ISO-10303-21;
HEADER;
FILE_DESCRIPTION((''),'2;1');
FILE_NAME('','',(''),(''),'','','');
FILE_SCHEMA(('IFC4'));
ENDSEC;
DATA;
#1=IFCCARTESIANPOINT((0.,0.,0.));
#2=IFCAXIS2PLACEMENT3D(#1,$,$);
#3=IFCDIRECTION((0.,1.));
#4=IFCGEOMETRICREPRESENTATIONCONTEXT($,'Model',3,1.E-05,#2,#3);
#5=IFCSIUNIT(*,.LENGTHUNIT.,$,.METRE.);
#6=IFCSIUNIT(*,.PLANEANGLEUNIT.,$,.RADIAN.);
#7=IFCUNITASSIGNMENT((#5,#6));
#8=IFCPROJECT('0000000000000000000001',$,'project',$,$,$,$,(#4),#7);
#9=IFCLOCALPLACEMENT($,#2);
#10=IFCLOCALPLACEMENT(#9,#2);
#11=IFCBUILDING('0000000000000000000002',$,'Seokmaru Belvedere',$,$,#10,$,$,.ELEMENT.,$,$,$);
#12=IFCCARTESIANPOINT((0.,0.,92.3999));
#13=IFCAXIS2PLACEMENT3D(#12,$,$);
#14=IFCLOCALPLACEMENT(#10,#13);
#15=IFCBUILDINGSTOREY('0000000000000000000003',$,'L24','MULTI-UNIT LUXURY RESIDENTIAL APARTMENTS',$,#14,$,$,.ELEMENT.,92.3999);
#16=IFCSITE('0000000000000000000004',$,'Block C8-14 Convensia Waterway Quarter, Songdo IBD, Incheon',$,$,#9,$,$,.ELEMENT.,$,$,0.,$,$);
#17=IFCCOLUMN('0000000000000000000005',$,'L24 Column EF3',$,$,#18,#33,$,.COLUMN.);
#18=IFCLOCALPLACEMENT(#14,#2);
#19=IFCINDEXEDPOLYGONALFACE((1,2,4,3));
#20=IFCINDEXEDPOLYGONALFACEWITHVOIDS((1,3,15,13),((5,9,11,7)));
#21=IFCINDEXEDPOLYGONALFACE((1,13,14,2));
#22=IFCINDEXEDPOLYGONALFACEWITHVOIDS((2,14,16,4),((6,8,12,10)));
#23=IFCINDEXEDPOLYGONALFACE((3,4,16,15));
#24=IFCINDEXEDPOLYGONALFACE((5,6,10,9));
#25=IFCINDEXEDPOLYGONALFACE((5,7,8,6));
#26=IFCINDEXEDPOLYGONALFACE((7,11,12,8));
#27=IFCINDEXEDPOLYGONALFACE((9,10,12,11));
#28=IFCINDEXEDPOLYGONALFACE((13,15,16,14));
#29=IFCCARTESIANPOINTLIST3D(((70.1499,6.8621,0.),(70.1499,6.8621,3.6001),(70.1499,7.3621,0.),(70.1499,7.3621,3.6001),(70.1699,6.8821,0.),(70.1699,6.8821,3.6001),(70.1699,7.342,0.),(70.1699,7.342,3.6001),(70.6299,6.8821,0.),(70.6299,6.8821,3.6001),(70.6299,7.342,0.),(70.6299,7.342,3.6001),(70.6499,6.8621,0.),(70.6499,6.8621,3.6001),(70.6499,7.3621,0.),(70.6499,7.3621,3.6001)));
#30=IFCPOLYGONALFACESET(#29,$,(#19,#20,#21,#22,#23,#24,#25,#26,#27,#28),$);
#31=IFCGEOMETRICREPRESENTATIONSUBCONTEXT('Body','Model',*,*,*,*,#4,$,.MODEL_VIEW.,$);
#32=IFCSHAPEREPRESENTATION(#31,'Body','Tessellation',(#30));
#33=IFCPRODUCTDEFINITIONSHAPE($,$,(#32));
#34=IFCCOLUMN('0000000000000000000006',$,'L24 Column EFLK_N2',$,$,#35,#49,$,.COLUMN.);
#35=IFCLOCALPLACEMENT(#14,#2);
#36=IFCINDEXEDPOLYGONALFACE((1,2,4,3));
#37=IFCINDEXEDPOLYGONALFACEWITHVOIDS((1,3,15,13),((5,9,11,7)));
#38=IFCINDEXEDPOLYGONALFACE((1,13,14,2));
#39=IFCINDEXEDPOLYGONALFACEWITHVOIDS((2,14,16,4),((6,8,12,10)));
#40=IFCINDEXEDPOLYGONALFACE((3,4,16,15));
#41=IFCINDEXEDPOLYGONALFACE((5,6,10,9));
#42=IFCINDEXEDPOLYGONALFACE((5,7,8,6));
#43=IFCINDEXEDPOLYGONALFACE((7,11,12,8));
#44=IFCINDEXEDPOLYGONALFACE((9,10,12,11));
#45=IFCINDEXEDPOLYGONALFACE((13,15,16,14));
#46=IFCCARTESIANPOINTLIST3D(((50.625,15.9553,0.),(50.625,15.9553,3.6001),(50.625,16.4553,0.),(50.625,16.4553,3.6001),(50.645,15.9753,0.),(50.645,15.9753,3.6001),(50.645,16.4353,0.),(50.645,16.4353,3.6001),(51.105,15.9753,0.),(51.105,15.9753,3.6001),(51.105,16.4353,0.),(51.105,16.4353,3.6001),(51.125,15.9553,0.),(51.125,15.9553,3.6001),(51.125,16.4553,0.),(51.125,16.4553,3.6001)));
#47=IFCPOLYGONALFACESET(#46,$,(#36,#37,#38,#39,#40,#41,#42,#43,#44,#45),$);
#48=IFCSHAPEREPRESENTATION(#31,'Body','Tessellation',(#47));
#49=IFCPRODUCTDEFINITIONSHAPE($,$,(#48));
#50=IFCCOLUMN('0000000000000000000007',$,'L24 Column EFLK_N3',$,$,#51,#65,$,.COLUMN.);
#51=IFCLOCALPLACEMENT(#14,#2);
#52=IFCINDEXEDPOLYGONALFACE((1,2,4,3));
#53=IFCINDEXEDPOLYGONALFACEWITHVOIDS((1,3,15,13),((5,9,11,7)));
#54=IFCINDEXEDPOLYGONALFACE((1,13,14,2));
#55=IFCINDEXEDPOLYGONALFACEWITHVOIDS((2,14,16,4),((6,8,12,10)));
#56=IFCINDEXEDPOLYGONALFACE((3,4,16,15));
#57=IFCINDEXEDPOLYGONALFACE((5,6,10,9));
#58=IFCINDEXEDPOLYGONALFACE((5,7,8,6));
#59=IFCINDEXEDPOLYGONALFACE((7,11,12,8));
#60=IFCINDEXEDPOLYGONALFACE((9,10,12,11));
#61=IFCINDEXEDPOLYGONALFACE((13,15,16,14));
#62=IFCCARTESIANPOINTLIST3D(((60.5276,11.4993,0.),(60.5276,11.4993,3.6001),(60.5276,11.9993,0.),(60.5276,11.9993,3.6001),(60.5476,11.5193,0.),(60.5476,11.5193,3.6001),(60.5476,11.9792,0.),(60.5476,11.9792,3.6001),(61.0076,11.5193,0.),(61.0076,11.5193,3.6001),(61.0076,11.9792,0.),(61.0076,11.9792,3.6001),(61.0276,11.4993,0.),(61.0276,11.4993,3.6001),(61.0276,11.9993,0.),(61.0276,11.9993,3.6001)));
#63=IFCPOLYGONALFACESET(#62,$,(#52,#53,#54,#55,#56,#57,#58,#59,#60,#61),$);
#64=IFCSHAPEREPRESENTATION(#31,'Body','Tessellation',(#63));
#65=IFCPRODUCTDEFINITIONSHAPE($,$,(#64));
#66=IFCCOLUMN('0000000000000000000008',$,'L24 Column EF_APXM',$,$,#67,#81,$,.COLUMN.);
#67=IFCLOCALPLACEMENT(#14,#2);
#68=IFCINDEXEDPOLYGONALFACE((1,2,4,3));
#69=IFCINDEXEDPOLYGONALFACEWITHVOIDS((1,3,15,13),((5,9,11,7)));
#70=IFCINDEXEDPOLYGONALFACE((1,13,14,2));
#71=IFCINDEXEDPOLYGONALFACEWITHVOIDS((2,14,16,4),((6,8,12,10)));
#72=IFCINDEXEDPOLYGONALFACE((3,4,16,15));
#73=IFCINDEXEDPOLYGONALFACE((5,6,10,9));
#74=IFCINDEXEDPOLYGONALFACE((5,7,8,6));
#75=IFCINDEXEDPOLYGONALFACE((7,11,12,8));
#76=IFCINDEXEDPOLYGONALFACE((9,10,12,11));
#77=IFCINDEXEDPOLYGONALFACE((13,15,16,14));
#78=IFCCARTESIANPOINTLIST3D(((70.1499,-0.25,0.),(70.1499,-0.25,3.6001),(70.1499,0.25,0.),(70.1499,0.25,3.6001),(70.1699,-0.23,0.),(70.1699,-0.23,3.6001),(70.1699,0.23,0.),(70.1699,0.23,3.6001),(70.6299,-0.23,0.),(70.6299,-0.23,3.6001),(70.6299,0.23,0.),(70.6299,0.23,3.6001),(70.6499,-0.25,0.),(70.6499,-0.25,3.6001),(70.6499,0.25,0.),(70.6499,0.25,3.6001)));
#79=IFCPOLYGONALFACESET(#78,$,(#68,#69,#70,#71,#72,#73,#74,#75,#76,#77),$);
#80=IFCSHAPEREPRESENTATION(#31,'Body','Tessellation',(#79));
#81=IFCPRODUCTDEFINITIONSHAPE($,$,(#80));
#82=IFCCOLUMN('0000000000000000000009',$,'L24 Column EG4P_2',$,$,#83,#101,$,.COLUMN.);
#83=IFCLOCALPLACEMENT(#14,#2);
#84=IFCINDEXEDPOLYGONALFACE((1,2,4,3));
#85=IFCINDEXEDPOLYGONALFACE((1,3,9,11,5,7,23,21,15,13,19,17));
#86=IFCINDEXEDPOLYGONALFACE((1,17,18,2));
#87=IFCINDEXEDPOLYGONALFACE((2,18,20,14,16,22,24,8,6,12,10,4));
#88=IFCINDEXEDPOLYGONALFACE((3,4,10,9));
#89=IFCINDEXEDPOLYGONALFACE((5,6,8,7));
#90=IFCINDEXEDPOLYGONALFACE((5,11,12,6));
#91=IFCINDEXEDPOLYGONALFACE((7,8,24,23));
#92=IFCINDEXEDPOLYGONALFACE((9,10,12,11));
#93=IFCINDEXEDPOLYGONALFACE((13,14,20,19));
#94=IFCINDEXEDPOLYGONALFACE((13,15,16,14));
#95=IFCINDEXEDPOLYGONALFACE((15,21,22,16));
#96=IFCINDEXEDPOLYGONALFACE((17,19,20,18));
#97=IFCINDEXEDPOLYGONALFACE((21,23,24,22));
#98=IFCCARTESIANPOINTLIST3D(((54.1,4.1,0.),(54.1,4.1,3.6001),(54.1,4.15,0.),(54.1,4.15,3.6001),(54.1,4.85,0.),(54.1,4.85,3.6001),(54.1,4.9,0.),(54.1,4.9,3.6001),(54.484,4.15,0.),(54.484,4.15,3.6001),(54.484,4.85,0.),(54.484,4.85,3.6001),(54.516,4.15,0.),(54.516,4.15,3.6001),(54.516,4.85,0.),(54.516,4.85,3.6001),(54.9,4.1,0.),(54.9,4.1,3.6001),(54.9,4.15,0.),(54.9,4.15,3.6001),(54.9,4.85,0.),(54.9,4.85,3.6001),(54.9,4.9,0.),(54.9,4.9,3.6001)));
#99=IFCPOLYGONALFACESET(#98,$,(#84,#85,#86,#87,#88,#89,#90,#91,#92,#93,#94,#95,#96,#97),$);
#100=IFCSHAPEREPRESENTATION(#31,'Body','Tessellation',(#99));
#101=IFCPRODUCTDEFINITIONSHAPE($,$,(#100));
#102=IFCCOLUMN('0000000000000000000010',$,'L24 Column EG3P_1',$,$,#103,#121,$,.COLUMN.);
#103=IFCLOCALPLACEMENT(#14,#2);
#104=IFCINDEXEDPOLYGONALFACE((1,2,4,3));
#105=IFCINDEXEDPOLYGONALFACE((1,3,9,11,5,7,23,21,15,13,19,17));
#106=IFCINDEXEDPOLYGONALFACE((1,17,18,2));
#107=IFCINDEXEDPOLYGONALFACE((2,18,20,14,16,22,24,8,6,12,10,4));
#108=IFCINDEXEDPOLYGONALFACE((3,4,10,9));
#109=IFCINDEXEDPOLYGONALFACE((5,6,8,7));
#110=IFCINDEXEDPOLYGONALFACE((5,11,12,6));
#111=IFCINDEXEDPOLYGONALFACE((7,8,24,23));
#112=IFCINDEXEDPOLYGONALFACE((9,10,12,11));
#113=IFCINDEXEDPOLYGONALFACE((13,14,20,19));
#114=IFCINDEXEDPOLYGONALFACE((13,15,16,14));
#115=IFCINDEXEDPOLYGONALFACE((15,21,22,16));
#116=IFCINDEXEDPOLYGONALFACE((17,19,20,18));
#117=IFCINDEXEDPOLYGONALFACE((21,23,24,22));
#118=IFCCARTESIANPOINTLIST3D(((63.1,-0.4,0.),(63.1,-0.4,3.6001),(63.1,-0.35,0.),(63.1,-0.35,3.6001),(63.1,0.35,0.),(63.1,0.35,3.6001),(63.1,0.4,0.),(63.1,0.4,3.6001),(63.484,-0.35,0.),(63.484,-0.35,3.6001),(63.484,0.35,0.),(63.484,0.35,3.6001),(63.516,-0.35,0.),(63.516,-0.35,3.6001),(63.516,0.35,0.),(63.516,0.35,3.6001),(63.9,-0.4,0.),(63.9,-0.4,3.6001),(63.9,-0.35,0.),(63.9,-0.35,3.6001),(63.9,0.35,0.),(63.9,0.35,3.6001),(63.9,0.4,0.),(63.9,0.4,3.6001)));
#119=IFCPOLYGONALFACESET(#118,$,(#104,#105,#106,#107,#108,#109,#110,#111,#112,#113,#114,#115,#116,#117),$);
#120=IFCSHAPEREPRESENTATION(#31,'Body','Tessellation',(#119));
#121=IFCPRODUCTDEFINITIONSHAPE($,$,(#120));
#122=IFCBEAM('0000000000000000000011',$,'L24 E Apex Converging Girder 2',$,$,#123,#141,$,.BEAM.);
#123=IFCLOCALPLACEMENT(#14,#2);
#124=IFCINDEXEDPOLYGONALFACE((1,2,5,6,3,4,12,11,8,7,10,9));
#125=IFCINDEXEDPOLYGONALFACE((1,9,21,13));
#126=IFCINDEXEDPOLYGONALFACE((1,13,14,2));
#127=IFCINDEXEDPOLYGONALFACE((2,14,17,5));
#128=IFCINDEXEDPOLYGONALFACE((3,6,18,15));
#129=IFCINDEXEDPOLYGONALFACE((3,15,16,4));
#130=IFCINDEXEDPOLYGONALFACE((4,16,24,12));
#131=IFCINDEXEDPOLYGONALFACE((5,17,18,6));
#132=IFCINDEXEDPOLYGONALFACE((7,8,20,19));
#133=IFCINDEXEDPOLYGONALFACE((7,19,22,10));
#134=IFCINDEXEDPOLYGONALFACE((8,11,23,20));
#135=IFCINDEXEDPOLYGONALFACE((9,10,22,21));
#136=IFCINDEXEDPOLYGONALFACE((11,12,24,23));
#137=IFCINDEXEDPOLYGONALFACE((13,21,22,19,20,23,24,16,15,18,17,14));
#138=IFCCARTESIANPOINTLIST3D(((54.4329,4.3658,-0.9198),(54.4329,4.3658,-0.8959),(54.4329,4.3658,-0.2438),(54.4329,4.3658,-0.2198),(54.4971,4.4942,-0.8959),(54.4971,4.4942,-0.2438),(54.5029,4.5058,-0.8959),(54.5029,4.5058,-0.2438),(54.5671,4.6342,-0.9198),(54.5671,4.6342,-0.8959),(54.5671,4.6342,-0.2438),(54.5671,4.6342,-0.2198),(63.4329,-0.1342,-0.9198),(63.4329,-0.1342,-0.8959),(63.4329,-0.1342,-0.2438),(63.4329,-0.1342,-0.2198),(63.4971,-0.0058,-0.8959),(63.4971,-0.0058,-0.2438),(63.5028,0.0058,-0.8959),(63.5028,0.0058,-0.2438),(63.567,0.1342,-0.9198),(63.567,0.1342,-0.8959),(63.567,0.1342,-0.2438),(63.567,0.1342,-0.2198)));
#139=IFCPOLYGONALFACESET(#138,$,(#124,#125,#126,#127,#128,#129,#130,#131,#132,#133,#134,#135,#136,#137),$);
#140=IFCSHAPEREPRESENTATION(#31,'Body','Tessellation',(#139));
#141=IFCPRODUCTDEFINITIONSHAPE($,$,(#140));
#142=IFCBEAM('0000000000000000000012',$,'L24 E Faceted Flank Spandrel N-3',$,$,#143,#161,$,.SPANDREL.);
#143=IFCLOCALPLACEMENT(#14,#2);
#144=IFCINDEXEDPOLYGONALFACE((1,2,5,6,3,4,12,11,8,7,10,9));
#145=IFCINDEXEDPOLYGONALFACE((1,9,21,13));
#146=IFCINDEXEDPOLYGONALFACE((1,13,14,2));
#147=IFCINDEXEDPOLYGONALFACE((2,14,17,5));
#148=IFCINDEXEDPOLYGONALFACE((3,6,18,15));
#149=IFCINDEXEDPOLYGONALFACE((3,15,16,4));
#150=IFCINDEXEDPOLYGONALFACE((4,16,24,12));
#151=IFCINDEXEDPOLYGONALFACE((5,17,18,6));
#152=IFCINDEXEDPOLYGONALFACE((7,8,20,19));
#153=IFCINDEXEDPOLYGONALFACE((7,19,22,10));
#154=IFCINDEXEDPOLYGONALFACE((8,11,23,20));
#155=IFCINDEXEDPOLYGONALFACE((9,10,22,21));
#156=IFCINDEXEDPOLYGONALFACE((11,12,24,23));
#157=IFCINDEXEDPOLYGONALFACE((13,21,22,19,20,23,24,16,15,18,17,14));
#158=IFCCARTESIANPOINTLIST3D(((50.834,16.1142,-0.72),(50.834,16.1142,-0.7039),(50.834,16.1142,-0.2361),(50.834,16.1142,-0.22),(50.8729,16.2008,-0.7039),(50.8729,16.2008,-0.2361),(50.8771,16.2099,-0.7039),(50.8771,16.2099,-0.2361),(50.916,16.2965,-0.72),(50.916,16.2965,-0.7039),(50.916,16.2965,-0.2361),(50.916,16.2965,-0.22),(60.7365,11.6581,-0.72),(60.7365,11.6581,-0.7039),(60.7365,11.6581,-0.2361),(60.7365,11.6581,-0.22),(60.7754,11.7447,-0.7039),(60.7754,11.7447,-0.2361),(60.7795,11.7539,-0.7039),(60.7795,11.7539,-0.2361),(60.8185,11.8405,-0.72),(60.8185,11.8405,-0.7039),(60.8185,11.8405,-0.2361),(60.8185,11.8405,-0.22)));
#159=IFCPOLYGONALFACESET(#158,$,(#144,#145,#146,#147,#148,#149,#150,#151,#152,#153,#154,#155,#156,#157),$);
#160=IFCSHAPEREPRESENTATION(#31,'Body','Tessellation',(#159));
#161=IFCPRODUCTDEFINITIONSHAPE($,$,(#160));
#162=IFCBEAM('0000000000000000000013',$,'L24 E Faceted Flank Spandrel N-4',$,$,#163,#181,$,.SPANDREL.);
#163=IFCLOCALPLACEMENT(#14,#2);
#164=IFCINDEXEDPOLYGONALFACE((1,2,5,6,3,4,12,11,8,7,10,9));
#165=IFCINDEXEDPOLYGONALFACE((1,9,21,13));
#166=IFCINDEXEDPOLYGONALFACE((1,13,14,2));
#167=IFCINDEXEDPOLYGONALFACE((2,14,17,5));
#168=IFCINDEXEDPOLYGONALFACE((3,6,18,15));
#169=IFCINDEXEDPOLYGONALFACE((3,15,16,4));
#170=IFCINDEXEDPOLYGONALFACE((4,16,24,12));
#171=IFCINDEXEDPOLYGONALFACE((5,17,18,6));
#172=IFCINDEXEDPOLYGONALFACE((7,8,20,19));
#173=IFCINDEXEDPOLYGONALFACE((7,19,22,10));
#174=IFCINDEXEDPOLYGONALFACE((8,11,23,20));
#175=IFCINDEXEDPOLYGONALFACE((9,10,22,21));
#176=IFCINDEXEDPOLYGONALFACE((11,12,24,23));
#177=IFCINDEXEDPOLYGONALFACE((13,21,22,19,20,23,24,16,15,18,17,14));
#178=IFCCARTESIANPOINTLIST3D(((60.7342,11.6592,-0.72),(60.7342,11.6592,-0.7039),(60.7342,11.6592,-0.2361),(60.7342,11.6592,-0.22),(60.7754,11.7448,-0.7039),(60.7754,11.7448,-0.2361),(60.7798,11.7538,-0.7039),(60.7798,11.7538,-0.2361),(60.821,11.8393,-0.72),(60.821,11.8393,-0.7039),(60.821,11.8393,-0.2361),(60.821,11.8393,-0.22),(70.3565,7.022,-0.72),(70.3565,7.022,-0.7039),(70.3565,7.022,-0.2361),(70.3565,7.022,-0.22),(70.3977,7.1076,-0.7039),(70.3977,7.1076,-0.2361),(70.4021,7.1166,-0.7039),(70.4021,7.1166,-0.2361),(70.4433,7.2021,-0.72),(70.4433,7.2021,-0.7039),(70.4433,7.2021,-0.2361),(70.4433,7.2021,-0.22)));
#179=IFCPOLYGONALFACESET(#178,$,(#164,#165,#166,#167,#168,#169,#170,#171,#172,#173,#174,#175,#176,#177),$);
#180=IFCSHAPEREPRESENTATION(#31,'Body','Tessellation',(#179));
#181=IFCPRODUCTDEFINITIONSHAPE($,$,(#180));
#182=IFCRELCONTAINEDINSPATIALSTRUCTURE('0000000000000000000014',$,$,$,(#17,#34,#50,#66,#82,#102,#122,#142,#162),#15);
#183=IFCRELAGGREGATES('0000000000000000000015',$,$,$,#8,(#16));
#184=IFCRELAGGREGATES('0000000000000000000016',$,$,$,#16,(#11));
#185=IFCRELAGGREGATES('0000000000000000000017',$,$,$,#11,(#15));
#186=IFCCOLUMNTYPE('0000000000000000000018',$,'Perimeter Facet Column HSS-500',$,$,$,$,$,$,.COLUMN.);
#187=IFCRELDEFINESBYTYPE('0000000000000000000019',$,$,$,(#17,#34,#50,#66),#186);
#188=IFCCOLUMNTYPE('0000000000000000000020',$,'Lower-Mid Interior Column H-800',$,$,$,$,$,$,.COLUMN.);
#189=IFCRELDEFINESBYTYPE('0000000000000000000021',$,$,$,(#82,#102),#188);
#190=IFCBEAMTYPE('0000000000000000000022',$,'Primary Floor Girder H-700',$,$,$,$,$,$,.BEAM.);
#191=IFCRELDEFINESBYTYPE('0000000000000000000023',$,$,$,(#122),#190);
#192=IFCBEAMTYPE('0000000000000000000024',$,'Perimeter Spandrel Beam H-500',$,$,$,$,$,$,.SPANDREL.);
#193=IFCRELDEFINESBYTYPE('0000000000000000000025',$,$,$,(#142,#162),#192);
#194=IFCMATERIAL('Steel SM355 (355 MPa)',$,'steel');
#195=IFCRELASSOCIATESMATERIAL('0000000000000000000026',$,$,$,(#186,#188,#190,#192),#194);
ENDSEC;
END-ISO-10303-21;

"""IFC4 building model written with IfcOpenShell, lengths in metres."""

from ifc_helpers import new_model, si_unit, direction, frame, origin, origin_2d, place, context, subcontext, project, spatial, hollow_rectangle, i_section, extrude, source, transform, mapped, material, material_profile, profile_set, type_object, type_shapes, element, save


model = new_model("IFC4")

# Units and contexts
model_context = context("Model", 3, precision=1e-05, world=origin(), true_north=direction((0.0, 1.0)))
body_context = subcontext(model_context, "Body", "Model", "MODEL_VIEW")
ifc_project = project(units=[si_unit("LENGTHUNIT", "METRE"), si_unit("PLANEANGLEUNIT", "RADIAN")], contexts=[model_context])

# Site, building, storey
site_placement = place(None, origin())
site = spatial("IfcSite", under=ifc_project, at=site_placement, Name="Block C8-14 Convensia Waterway Quarter, Songdo IBD, Incheon", CompositionType="ELEMENT", RefElevation=0.0)
building_placement = place(site_placement, origin())
building = spatial("IfcBuilding", under=site, at=building_placement, Name="Seokmaru Belvedere", CompositionType="ELEMENT")
storey_placement = place(building_placement, frame((0.0, 0.0, 92.3999)))
storey = spatial("IfcBuildingStorey", under=building, at=storey_placement, Name="L24", Description="MULTI-UNIT LUXURY RESIDENTIAL APARTMENTS", CompositionType="ELEMENT", Elevation=92.3999)

# Columns
ifc_material_1 = material(Name="Steel SM355 (355 MPa)", Category="steel")
ifc_material_profile_1 = material_profile(ifc_material_1, hollow_rectangle(XDim=0.5, YDim=0.5, WallThickness=0.02, at=origin_2d()), Name="HSS-500x500x20")
ifc_profile_set_1 = profile_set([ifc_material_profile_1], Name="Steel SM355 (355 MPa)")
column_type_1 = type_object("IfcColumnType", Name="Perimeter Facet Column HSS-500", PredefinedType="COLUMN", material=ifc_profile_set_1)
shared_shape_1 = source(origin(), body_context, "Body", "SweptSolid", [
    extrude(hollow_rectangle(XDim=0.5, YDim=0.5, WallThickness=0.02, at=origin_2d()), origin(), (0.0, 0.0, 1.0), 3.6001),
])
type_shapes(column_type_1, [shared_shape_1])
for number, where, z_axis, x_axis, name in (
    (1, (70.3999, 7.1121, 0.0), (0.0, 0.0, 1.0), (1.0, 0.0, 0.0), "L24 Column EF3"),
    (2, (50.875, 16.2053, 0.0), (0.0, 0.0, 1.0), (1.0, 0.0, 0.0), "L24 Column EFLK_N2"),
    (3, (60.7776, 11.7493, 0.0), (0.0, 0.0, 1.0), (1.0, 0.0, 0.0), "L24 Column EFLK_N3"),
    (4, (70.3999, 0.0, 0.0), (0.0, 0.0, 1.0), (1.0, 0.0, 0.0), "L24 Column EF_APXM"),
):
    element("IfcColumn", number, at=place(storey_placement, frame(where, z_axis=z_axis, x_axis=x_axis)), inside=storey, type_object=column_type_1, Name=name, PredefinedType="COLUMN", context=body_context, shape_type="MappedRepresentation", body=[
        mapped(shared_shape_1, transform((0.0, 0.0, 0.0), scale=1.0)),
    ])
ifc_material_profile_2 = material_profile(ifc_material_1, i_section(OverallWidth=0.8, OverallDepth=0.8, WebThickness=0.032, FlangeThickness=0.05, at=origin_2d()), Name="H-800x800x32x50")
ifc_profile_set_2 = profile_set([ifc_material_profile_2], Name="Steel SM355 (355 MPa)")
column_type_2 = type_object("IfcColumnType", Name="Lower-Mid Interior Column H-800", PredefinedType="COLUMN", material=ifc_profile_set_2)
shared_shape_2 = source(origin(), body_context, "Body", "SweptSolid", [
    extrude(i_section(OverallWidth=0.8, OverallDepth=0.8, WebThickness=0.032, FlangeThickness=0.05, at=origin_2d()), origin(), (0.0, 0.0, 1.0), 3.6001),
])
type_shapes(column_type_2, [shared_shape_2])
for number, where, z_axis, x_axis, name in (
    (5, (54.5, 4.5, 0.0), (0.0, 0.0, 1.0), (1.0, 0.0, 0.0), "L24 Column EG4P_2"),
    (6, (63.5, 0.0, 0.0), (0.0, 0.0, 1.0), (1.0, 0.0, 0.0), "L24 Column EG3P_1"),
):
    element("IfcColumn", number, at=place(storey_placement, frame(where, z_axis=z_axis, x_axis=x_axis)), inside=storey, type_object=column_type_2, Name=name, PredefinedType="COLUMN", context=body_context, shape_type="MappedRepresentation", body=[
        mapped(shared_shape_2, transform((0.0, 0.0, 0.0), scale=1.0)),
    ])

# Beams
ifc_material_profile_3 = material_profile(ifc_material_1, i_section(OverallWidth=0.3, OverallDepth=0.7, WebThickness=0.0129, FlangeThickness=0.0239, at=origin_2d()), Name="H-700x300x13x24")
ifc_profile_set_3 = profile_set([ifc_material_profile_3], Name="Steel SM355 (355 MPa)")
beam_type_1 = type_object("IfcBeamType", Name="Primary Floor Girder H-700", PredefinedType="BEAM", material=ifc_profile_set_3)
shared_shape_3 = source(origin(), body_context, "Body", "SweptSolid", [
    extrude(i_section(OverallWidth=0.3, OverallDepth=0.7, WebThickness=0.0129, FlangeThickness=0.0239, at=origin_2d()), origin(), (0.0, 0.0, 1.0), 10.0623),
])
beam_1_placement = place(storey_placement, frame((54.5, 4.5, -0.5698), z_axis=(0.894427, -0.447214, 0.0), x_axis=(0.447214, 0.894427, 0.0)))
element("IfcBeam", 7, at=beam_1_placement, inside=storey, type_object=beam_type_1, Name="L24 E Apex Converging Girder 2", PredefinedType="BEAM", context=body_context, shape_type="MappedRepresentation", body=[
    mapped(shared_shape_3, transform((0.0, 0.0, 0.0), scale=1.0)),
])
ifc_material_profile_4 = material_profile(ifc_material_1, i_section(OverallWidth=0.2, OverallDepth=0.5, WebThickness=0.01, FlangeThickness=0.0161, at=origin_2d()), Name="H-500x200x10x16")
ifc_profile_set_4 = profile_set([ifc_material_profile_4], Name="Steel SM355 (355 MPa)")
beam_type_2 = type_object("IfcBeamType", Name="Perimeter Spandrel Beam H-500", PredefinedType="SPANDREL", material=ifc_profile_set_4)
shared_shape_4 = source(origin(), body_context, "Body", "SweptSolid", [
    extrude(i_section(OverallWidth=0.2, OverallDepth=0.5, WebThickness=0.01, FlangeThickness=0.0161, at=origin_2d()), origin(), (0.0, 0.0, 1.0), 10.8589),
])
beam_2_placement = place(storey_placement, frame((50.875, 16.2053, -0.47), z_axis=(0.911925, -0.410356, 0.0), x_axis=(0.410356, 0.911925, 0.0)))
element("IfcBeam", 8, at=beam_2_placement, inside=storey, type_object=beam_type_2, Name="L24 E Faceted Flank Spandrel N-3", PredefinedType="SPANDREL", context=body_context, shape_type="MappedRepresentation", body=[
    mapped(shared_shape_4, transform((0.0, 0.0, 0.0), scale=1.0)),
])
shared_shape_5 = source(origin(), body_context, "Body", "SweptSolid", [
    extrude(i_section(OverallWidth=0.2, OverallDepth=0.5, WebThickness=0.01, FlangeThickness=0.0161, at=origin_2d()), origin(), (0.0, 0.0, 1.0), 10.6814),
])
beam_3_placement = place(storey_placement, frame((60.7776, 11.7493, -0.47), z_axis=(0.900846, -0.434138, 0.0), x_axis=(0.434138, 0.900846, 0.0)))
element("IfcBeam", 9, at=beam_3_placement, inside=storey, type_object=beam_type_2, Name="L24 E Faceted Flank Spandrel N-4", PredefinedType="SPANDREL", context=body_context, shape_type="MappedRepresentation", body=[
    mapped(shared_shape_5, transform((0.0, 0.0, 0.0), scale=1.0)),
])

save(model, "model.ifc")
